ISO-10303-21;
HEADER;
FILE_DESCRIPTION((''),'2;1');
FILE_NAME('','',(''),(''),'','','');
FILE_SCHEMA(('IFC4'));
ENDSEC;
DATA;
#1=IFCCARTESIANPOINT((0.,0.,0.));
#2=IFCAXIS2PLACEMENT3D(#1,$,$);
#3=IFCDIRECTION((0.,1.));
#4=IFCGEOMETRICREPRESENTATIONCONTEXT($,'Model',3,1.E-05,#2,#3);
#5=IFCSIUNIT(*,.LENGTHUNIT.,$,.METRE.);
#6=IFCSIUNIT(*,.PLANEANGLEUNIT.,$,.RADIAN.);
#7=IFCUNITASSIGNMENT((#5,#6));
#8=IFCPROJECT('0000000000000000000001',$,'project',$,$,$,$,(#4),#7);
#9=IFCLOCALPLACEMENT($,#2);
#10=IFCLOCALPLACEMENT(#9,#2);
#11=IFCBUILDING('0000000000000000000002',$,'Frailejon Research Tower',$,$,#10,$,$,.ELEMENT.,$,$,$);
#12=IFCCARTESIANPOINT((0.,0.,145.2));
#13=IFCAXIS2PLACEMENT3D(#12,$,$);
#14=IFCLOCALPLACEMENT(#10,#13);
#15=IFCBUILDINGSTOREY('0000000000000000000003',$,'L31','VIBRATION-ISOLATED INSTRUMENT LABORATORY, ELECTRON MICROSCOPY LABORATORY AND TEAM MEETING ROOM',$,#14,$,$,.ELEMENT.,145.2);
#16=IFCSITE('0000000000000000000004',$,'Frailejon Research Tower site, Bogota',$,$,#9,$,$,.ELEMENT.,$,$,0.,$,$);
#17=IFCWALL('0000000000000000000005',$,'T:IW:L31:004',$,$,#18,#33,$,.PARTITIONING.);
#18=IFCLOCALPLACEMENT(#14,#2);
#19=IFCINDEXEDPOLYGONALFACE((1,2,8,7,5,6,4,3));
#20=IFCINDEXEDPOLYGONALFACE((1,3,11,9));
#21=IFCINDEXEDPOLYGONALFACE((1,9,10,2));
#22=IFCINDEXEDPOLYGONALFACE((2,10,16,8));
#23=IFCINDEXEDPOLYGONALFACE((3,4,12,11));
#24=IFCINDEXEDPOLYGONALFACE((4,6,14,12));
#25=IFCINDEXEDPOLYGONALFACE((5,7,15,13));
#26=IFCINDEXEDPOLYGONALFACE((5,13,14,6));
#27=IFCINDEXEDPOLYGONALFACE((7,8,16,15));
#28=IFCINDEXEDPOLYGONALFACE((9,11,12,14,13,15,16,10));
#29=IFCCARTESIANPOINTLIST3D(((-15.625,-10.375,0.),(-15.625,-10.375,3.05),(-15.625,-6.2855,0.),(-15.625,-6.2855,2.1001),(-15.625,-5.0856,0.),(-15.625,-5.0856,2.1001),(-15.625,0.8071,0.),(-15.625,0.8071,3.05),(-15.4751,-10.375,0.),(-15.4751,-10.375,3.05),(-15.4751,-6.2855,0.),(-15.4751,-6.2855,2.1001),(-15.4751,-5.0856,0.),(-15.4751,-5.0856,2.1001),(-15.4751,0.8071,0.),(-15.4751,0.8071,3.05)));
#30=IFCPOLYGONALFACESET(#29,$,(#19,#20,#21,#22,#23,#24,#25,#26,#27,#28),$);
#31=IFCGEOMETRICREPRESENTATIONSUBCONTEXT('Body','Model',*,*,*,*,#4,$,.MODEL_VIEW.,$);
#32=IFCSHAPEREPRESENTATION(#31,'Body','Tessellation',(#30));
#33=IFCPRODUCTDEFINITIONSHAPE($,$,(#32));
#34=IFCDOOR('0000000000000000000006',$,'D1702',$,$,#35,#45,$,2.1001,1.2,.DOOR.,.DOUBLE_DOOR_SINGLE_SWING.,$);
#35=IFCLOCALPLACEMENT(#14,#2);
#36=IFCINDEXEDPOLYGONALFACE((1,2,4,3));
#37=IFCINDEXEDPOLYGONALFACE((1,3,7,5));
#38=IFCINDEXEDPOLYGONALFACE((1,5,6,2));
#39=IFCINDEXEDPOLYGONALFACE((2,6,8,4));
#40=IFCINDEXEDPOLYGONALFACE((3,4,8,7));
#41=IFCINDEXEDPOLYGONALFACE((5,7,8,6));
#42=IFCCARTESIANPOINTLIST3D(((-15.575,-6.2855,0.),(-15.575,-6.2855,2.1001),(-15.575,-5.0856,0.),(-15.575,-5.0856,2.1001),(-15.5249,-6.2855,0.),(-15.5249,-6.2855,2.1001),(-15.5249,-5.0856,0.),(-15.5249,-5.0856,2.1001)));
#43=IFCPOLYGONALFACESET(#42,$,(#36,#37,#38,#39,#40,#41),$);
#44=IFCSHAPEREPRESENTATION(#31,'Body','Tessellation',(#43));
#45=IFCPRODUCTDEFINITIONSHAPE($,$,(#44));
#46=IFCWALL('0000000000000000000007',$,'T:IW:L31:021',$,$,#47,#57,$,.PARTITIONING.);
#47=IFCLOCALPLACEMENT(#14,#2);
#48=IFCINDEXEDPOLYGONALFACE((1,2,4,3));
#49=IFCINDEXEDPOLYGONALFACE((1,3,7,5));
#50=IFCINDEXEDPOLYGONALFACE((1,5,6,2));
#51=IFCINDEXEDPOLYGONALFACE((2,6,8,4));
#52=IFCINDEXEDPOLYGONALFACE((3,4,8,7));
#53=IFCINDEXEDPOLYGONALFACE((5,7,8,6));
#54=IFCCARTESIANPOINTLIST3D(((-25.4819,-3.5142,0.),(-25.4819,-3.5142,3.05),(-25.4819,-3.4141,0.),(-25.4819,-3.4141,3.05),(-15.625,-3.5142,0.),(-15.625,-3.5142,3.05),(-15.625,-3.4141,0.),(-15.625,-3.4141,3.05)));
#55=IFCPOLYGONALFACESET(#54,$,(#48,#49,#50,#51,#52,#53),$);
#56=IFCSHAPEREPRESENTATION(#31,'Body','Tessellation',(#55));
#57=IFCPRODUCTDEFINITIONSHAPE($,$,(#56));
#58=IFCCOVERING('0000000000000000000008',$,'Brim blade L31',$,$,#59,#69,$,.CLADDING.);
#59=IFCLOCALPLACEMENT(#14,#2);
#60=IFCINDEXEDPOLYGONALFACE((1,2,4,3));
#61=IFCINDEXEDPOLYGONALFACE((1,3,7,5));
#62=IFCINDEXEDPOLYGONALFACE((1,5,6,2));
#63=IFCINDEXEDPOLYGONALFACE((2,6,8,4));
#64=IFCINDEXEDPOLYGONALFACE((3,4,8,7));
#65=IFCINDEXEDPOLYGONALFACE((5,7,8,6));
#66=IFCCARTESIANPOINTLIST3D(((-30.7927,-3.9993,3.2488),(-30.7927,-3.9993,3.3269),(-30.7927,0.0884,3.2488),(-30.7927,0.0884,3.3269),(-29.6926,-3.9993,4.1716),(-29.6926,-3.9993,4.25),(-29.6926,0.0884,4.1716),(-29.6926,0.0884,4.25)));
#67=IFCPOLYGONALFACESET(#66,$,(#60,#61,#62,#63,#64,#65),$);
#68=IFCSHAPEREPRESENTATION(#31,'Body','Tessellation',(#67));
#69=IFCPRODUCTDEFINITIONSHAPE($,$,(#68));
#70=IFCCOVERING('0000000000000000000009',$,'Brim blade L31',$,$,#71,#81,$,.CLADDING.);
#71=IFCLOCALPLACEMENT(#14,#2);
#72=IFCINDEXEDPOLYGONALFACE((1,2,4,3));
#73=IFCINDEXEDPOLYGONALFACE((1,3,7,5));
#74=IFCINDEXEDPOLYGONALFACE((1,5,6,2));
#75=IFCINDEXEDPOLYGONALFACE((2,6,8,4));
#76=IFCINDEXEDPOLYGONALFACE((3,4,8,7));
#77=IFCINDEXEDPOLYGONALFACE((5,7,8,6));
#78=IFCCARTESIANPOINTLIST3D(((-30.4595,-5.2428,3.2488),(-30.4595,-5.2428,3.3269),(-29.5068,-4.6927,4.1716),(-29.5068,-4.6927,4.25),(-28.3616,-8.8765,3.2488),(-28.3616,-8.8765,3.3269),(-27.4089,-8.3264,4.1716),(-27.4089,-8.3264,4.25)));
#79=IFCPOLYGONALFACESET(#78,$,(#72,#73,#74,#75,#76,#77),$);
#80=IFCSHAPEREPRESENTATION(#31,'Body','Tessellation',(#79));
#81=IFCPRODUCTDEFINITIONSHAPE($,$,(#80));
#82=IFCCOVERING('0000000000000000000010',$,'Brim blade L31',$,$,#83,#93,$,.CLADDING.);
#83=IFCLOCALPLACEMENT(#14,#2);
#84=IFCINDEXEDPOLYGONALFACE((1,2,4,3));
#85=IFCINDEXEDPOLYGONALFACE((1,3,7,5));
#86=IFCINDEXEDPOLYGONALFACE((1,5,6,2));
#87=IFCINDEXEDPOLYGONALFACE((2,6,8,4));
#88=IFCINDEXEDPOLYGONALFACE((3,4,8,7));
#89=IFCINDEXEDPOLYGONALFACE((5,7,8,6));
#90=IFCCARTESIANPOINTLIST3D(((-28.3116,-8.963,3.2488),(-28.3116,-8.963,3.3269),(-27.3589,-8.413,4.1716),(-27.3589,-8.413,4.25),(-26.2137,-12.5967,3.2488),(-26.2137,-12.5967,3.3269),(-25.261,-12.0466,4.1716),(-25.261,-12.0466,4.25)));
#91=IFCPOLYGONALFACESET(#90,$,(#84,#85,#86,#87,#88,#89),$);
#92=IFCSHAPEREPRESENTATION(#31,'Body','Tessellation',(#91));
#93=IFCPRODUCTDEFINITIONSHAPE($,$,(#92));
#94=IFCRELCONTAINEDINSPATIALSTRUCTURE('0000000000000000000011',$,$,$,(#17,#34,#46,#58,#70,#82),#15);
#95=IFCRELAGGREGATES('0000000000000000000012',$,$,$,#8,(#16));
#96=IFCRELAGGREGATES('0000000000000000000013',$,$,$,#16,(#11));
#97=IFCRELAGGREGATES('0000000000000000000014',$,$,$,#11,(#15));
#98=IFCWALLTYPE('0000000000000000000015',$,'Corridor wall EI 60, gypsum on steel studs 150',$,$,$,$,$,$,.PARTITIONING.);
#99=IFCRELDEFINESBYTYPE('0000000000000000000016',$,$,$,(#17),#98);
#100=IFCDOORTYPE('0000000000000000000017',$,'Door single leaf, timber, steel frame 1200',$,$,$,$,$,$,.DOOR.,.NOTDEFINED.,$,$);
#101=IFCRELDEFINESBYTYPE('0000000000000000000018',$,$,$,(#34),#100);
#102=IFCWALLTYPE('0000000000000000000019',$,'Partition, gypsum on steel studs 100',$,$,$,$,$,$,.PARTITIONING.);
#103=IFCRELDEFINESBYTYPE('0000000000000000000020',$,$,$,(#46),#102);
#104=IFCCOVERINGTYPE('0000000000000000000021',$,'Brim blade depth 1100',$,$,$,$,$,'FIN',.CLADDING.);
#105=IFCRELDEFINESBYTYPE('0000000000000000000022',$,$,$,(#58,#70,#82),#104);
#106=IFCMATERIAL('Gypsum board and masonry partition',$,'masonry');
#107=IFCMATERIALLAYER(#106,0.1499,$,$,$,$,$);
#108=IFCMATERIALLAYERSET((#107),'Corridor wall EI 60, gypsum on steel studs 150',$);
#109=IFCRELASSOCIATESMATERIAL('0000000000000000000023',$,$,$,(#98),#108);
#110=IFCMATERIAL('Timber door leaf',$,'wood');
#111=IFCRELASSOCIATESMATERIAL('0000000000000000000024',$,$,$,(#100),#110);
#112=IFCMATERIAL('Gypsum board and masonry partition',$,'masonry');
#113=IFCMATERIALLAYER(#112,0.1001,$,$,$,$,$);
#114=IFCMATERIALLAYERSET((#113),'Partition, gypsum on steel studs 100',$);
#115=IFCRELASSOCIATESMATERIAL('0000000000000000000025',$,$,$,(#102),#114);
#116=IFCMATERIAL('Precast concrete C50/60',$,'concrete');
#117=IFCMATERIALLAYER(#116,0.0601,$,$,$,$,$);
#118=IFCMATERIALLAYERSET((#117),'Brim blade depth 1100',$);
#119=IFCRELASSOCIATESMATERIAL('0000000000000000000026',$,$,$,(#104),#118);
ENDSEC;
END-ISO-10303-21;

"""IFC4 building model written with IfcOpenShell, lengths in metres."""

from ifc_helpers import new_model, si_unit, direction, frame, frame_2d, origin, place, context, subcontext, project, spatial, polyline, rectangle, outline, extrude, material, layer, layer_set, type_object, element, fill, save


model = new_model("IFC4")

# Units and contexts
model_context = context("Model", 3, precision=1e-05, world=origin(), true_north=direction((0.0, 1.0)))
body_context = subcontext(model_context, "Body", "Model", "MODEL_VIEW")
ifc_project = project(units=[si_unit("LENGTHUNIT", "METRE"), si_unit("PLANEANGLEUNIT", "RADIAN")], contexts=[model_context])

# Site, building, storey
site_placement = place(None, origin())
site = spatial("IfcSite", under=ifc_project, at=site_placement, Name="Frailejon Research Tower site, Bogota", CompositionType="ELEMENT", RefElevation=0.0)
building_placement = place(site_placement, origin())
building = spatial("IfcBuilding", under=site, at=building_placement, Name="Frailejon Research Tower", CompositionType="ELEMENT")
storey_placement = place(building_placement, frame((0.0, 0.0, 145.2)))
storey = spatial("IfcBuildingStorey", under=building, at=storey_placement, Name="L31", Description="VIBRATION-ISOLATED INSTRUMENT LABORATORY, ELECTRON MICROSCOPY LABORATORY AND TEAM MEETING ROOM", CompositionType="ELEMENT", Elevation=145.2)

# Wall, opening, door
ifc_material_1 = material(Name="Gypsum board and masonry partition", Category="masonry")
ifc_layer_1 = layer(ifc_material_1, 0.1499)
ifc_layer_set_1 = layer_set([ifc_layer_1], Name="Corridor wall EI 60, gypsum on steel studs 150")
wall_type_1 = type_object("IfcWallType", Name="Corridor wall EI 60, gypsum on steel studs 150", PredefinedType="PARTITIONING", material=ifc_layer_set_1)
wall_1_placement = place(storey_placement, frame((-15.55, -10.375, 0.0), z_axis=(0.0, 0.0, 1.0), x_axis=(0.0, 1.0, 0.0)))
wall_1 = element("IfcWall", 1, at=wall_1_placement, inside=storey, type_object=wall_type_1, Name="T:IW:L31:004", PredefinedType="PARTITIONING", context=body_context, shape_type="SweptSolid", body=[
    extrude(rectangle(XDim=11.1821, YDim=0.1499, at=frame_2d((5.5911, 0.0))), origin(), (0.0, 0.0, 1.0), 3.05),
])
opening_1_placement = place(wall_1_placement, frame((4.0894, 0.0, 0.0)))
opening_1 = element("IfcOpeningElement", 2, at=opening_1_placement, cuts=wall_1, PredefinedType="OPENING", context=body_context, shape_type="SweptSolid", body=[
    extrude(rectangle(XDim=1.2, YDim=2.1001, at=frame_2d((0.6001, 1.05))), frame((0.0, 0.085, 0.0), z_axis=(0.0, -1.0, 0.0), x_axis=(1.0, 0.0, 0.0)), (0.0, 0.0, 1.0), 0.1699),
])
ifc_material_2 = material(Name="Timber door leaf", Category="wood")
door_type_1 = type_object("IfcDoorType", Name="Door single leaf, timber, steel frame 1200", OperationType="NOTDEFINED", PredefinedType="DOOR", material=ifc_material_2)
door_1_placement = place(opening_1_placement, origin())
door_1 = element("IfcDoor", 3, at=door_1_placement, inside=storey, type_object=door_type_1, Name="D1702", OperationType="DOUBLE_DOOR_SINGLE_SWING", OverallHeight=2.1001, OverallWidth=1.2, PredefinedType="DOOR", context=body_context, shape_type="SweptSolid", body=[
    extrude(rectangle(XDim=1.2, YDim=2.1001, at=frame_2d((0.6001, 1.05))), frame((0.0, 0.0249, 0.0), z_axis=(0.0, -1.0, 0.0), x_axis=(1.0, 0.0, 0.0)), (0.0, 0.0, 1.0), 0.05),
])
fill(opening_1, door_1)

# Wall
ifc_material_3 = material(Name="Gypsum board and masonry partition", Category="masonry")
ifc_layer_2 = layer(ifc_material_3, 0.1001)
ifc_layer_set_2 = layer_set([ifc_layer_2], Name="Partition, gypsum on steel studs 100")
wall_type_2 = type_object("IfcWallType", Name="Partition, gypsum on steel studs 100", PredefinedType="PARTITIONING", material=ifc_layer_set_2)
wall_2_placement = place(storey_placement, frame((-25.4819, -3.4641, 0.0), z_axis=(0.0, 0.0, 1.0), x_axis=(1.0, 0.0, 0.0)))
element("IfcWall", 4, at=wall_2_placement, inside=storey, type_object=wall_type_2, Name="T:IW:L31:021", PredefinedType="PARTITIONING", context=body_context, shape_type="SweptSolid", body=[
    extrude(rectangle(XDim=9.8569, YDim=0.1001, at=frame_2d((4.9285, 0.0))), origin(), (0.0, 0.0, 1.0), 3.05),
])

# Coverings
ifc_material_4 = material(Name="Precast concrete C50/60", Category="concrete")
ifc_layer_3 = layer(ifc_material_4, 0.0601)
ifc_layer_set_3 = layer_set([ifc_layer_3], Name="Brim blade depth 1100")
covering_type = type_object("IfcCoveringType", Name="Brim blade depth 1100", ElementType="FIN", PredefinedType="CLADDING", material=ifc_layer_set_3)
covering_placement = place(storey_placement, frame((-29.6926, -3.9993, 4.25), z_axis=(0.0, 1.0, 0.0), x_axis=(-1.0, 0.0, 0.0)))
element("IfcCovering", 5, at=covering_placement, inside=storey, type_object=covering_type, Name="Brim blade L31", PredefinedType="CLADDING", context=body_context, shape_type="SweptSolid", body=[
    extrude(outline(polyline([(0.0, -0.0784), (1.1001, -1.0012), (1.1001, -0.9231), (0.0, 0.0), (0.0, -0.0784)])), origin(), (0.0, 0.0, 1.0), 4.0876),
])
for number, where, z_axis, x_axis, name in (
    (6, (-27.4089, -8.3264, 4.25), (-0.499997, 0.866027, 0.0), (-0.866027, -0.499997, 0.0), "Brim blade L31"),
    (7, (-25.261, -12.0466, 4.25), (-0.499997, 0.866027, 0.0), (-0.866027, -0.499997, 0.0), "Brim blade L31"),
):
    element("IfcCovering", number, at=place(storey_placement, frame(where, z_axis=z_axis, x_axis=x_axis)), inside=storey, type_object=covering_type, Name=name, PredefinedType="CLADDING", context=body_context, shape_type="SweptSolid", body=[
        extrude(outline(polyline([(0.0, -0.0784), (1.1001, -1.0012), (1.1001, -0.9231), (0.0, 0.0), (0.0, -0.0784)])), origin(), (0.0, 0.0, 1.0), 4.1958),
    ])

save(model, "model.ifc")
